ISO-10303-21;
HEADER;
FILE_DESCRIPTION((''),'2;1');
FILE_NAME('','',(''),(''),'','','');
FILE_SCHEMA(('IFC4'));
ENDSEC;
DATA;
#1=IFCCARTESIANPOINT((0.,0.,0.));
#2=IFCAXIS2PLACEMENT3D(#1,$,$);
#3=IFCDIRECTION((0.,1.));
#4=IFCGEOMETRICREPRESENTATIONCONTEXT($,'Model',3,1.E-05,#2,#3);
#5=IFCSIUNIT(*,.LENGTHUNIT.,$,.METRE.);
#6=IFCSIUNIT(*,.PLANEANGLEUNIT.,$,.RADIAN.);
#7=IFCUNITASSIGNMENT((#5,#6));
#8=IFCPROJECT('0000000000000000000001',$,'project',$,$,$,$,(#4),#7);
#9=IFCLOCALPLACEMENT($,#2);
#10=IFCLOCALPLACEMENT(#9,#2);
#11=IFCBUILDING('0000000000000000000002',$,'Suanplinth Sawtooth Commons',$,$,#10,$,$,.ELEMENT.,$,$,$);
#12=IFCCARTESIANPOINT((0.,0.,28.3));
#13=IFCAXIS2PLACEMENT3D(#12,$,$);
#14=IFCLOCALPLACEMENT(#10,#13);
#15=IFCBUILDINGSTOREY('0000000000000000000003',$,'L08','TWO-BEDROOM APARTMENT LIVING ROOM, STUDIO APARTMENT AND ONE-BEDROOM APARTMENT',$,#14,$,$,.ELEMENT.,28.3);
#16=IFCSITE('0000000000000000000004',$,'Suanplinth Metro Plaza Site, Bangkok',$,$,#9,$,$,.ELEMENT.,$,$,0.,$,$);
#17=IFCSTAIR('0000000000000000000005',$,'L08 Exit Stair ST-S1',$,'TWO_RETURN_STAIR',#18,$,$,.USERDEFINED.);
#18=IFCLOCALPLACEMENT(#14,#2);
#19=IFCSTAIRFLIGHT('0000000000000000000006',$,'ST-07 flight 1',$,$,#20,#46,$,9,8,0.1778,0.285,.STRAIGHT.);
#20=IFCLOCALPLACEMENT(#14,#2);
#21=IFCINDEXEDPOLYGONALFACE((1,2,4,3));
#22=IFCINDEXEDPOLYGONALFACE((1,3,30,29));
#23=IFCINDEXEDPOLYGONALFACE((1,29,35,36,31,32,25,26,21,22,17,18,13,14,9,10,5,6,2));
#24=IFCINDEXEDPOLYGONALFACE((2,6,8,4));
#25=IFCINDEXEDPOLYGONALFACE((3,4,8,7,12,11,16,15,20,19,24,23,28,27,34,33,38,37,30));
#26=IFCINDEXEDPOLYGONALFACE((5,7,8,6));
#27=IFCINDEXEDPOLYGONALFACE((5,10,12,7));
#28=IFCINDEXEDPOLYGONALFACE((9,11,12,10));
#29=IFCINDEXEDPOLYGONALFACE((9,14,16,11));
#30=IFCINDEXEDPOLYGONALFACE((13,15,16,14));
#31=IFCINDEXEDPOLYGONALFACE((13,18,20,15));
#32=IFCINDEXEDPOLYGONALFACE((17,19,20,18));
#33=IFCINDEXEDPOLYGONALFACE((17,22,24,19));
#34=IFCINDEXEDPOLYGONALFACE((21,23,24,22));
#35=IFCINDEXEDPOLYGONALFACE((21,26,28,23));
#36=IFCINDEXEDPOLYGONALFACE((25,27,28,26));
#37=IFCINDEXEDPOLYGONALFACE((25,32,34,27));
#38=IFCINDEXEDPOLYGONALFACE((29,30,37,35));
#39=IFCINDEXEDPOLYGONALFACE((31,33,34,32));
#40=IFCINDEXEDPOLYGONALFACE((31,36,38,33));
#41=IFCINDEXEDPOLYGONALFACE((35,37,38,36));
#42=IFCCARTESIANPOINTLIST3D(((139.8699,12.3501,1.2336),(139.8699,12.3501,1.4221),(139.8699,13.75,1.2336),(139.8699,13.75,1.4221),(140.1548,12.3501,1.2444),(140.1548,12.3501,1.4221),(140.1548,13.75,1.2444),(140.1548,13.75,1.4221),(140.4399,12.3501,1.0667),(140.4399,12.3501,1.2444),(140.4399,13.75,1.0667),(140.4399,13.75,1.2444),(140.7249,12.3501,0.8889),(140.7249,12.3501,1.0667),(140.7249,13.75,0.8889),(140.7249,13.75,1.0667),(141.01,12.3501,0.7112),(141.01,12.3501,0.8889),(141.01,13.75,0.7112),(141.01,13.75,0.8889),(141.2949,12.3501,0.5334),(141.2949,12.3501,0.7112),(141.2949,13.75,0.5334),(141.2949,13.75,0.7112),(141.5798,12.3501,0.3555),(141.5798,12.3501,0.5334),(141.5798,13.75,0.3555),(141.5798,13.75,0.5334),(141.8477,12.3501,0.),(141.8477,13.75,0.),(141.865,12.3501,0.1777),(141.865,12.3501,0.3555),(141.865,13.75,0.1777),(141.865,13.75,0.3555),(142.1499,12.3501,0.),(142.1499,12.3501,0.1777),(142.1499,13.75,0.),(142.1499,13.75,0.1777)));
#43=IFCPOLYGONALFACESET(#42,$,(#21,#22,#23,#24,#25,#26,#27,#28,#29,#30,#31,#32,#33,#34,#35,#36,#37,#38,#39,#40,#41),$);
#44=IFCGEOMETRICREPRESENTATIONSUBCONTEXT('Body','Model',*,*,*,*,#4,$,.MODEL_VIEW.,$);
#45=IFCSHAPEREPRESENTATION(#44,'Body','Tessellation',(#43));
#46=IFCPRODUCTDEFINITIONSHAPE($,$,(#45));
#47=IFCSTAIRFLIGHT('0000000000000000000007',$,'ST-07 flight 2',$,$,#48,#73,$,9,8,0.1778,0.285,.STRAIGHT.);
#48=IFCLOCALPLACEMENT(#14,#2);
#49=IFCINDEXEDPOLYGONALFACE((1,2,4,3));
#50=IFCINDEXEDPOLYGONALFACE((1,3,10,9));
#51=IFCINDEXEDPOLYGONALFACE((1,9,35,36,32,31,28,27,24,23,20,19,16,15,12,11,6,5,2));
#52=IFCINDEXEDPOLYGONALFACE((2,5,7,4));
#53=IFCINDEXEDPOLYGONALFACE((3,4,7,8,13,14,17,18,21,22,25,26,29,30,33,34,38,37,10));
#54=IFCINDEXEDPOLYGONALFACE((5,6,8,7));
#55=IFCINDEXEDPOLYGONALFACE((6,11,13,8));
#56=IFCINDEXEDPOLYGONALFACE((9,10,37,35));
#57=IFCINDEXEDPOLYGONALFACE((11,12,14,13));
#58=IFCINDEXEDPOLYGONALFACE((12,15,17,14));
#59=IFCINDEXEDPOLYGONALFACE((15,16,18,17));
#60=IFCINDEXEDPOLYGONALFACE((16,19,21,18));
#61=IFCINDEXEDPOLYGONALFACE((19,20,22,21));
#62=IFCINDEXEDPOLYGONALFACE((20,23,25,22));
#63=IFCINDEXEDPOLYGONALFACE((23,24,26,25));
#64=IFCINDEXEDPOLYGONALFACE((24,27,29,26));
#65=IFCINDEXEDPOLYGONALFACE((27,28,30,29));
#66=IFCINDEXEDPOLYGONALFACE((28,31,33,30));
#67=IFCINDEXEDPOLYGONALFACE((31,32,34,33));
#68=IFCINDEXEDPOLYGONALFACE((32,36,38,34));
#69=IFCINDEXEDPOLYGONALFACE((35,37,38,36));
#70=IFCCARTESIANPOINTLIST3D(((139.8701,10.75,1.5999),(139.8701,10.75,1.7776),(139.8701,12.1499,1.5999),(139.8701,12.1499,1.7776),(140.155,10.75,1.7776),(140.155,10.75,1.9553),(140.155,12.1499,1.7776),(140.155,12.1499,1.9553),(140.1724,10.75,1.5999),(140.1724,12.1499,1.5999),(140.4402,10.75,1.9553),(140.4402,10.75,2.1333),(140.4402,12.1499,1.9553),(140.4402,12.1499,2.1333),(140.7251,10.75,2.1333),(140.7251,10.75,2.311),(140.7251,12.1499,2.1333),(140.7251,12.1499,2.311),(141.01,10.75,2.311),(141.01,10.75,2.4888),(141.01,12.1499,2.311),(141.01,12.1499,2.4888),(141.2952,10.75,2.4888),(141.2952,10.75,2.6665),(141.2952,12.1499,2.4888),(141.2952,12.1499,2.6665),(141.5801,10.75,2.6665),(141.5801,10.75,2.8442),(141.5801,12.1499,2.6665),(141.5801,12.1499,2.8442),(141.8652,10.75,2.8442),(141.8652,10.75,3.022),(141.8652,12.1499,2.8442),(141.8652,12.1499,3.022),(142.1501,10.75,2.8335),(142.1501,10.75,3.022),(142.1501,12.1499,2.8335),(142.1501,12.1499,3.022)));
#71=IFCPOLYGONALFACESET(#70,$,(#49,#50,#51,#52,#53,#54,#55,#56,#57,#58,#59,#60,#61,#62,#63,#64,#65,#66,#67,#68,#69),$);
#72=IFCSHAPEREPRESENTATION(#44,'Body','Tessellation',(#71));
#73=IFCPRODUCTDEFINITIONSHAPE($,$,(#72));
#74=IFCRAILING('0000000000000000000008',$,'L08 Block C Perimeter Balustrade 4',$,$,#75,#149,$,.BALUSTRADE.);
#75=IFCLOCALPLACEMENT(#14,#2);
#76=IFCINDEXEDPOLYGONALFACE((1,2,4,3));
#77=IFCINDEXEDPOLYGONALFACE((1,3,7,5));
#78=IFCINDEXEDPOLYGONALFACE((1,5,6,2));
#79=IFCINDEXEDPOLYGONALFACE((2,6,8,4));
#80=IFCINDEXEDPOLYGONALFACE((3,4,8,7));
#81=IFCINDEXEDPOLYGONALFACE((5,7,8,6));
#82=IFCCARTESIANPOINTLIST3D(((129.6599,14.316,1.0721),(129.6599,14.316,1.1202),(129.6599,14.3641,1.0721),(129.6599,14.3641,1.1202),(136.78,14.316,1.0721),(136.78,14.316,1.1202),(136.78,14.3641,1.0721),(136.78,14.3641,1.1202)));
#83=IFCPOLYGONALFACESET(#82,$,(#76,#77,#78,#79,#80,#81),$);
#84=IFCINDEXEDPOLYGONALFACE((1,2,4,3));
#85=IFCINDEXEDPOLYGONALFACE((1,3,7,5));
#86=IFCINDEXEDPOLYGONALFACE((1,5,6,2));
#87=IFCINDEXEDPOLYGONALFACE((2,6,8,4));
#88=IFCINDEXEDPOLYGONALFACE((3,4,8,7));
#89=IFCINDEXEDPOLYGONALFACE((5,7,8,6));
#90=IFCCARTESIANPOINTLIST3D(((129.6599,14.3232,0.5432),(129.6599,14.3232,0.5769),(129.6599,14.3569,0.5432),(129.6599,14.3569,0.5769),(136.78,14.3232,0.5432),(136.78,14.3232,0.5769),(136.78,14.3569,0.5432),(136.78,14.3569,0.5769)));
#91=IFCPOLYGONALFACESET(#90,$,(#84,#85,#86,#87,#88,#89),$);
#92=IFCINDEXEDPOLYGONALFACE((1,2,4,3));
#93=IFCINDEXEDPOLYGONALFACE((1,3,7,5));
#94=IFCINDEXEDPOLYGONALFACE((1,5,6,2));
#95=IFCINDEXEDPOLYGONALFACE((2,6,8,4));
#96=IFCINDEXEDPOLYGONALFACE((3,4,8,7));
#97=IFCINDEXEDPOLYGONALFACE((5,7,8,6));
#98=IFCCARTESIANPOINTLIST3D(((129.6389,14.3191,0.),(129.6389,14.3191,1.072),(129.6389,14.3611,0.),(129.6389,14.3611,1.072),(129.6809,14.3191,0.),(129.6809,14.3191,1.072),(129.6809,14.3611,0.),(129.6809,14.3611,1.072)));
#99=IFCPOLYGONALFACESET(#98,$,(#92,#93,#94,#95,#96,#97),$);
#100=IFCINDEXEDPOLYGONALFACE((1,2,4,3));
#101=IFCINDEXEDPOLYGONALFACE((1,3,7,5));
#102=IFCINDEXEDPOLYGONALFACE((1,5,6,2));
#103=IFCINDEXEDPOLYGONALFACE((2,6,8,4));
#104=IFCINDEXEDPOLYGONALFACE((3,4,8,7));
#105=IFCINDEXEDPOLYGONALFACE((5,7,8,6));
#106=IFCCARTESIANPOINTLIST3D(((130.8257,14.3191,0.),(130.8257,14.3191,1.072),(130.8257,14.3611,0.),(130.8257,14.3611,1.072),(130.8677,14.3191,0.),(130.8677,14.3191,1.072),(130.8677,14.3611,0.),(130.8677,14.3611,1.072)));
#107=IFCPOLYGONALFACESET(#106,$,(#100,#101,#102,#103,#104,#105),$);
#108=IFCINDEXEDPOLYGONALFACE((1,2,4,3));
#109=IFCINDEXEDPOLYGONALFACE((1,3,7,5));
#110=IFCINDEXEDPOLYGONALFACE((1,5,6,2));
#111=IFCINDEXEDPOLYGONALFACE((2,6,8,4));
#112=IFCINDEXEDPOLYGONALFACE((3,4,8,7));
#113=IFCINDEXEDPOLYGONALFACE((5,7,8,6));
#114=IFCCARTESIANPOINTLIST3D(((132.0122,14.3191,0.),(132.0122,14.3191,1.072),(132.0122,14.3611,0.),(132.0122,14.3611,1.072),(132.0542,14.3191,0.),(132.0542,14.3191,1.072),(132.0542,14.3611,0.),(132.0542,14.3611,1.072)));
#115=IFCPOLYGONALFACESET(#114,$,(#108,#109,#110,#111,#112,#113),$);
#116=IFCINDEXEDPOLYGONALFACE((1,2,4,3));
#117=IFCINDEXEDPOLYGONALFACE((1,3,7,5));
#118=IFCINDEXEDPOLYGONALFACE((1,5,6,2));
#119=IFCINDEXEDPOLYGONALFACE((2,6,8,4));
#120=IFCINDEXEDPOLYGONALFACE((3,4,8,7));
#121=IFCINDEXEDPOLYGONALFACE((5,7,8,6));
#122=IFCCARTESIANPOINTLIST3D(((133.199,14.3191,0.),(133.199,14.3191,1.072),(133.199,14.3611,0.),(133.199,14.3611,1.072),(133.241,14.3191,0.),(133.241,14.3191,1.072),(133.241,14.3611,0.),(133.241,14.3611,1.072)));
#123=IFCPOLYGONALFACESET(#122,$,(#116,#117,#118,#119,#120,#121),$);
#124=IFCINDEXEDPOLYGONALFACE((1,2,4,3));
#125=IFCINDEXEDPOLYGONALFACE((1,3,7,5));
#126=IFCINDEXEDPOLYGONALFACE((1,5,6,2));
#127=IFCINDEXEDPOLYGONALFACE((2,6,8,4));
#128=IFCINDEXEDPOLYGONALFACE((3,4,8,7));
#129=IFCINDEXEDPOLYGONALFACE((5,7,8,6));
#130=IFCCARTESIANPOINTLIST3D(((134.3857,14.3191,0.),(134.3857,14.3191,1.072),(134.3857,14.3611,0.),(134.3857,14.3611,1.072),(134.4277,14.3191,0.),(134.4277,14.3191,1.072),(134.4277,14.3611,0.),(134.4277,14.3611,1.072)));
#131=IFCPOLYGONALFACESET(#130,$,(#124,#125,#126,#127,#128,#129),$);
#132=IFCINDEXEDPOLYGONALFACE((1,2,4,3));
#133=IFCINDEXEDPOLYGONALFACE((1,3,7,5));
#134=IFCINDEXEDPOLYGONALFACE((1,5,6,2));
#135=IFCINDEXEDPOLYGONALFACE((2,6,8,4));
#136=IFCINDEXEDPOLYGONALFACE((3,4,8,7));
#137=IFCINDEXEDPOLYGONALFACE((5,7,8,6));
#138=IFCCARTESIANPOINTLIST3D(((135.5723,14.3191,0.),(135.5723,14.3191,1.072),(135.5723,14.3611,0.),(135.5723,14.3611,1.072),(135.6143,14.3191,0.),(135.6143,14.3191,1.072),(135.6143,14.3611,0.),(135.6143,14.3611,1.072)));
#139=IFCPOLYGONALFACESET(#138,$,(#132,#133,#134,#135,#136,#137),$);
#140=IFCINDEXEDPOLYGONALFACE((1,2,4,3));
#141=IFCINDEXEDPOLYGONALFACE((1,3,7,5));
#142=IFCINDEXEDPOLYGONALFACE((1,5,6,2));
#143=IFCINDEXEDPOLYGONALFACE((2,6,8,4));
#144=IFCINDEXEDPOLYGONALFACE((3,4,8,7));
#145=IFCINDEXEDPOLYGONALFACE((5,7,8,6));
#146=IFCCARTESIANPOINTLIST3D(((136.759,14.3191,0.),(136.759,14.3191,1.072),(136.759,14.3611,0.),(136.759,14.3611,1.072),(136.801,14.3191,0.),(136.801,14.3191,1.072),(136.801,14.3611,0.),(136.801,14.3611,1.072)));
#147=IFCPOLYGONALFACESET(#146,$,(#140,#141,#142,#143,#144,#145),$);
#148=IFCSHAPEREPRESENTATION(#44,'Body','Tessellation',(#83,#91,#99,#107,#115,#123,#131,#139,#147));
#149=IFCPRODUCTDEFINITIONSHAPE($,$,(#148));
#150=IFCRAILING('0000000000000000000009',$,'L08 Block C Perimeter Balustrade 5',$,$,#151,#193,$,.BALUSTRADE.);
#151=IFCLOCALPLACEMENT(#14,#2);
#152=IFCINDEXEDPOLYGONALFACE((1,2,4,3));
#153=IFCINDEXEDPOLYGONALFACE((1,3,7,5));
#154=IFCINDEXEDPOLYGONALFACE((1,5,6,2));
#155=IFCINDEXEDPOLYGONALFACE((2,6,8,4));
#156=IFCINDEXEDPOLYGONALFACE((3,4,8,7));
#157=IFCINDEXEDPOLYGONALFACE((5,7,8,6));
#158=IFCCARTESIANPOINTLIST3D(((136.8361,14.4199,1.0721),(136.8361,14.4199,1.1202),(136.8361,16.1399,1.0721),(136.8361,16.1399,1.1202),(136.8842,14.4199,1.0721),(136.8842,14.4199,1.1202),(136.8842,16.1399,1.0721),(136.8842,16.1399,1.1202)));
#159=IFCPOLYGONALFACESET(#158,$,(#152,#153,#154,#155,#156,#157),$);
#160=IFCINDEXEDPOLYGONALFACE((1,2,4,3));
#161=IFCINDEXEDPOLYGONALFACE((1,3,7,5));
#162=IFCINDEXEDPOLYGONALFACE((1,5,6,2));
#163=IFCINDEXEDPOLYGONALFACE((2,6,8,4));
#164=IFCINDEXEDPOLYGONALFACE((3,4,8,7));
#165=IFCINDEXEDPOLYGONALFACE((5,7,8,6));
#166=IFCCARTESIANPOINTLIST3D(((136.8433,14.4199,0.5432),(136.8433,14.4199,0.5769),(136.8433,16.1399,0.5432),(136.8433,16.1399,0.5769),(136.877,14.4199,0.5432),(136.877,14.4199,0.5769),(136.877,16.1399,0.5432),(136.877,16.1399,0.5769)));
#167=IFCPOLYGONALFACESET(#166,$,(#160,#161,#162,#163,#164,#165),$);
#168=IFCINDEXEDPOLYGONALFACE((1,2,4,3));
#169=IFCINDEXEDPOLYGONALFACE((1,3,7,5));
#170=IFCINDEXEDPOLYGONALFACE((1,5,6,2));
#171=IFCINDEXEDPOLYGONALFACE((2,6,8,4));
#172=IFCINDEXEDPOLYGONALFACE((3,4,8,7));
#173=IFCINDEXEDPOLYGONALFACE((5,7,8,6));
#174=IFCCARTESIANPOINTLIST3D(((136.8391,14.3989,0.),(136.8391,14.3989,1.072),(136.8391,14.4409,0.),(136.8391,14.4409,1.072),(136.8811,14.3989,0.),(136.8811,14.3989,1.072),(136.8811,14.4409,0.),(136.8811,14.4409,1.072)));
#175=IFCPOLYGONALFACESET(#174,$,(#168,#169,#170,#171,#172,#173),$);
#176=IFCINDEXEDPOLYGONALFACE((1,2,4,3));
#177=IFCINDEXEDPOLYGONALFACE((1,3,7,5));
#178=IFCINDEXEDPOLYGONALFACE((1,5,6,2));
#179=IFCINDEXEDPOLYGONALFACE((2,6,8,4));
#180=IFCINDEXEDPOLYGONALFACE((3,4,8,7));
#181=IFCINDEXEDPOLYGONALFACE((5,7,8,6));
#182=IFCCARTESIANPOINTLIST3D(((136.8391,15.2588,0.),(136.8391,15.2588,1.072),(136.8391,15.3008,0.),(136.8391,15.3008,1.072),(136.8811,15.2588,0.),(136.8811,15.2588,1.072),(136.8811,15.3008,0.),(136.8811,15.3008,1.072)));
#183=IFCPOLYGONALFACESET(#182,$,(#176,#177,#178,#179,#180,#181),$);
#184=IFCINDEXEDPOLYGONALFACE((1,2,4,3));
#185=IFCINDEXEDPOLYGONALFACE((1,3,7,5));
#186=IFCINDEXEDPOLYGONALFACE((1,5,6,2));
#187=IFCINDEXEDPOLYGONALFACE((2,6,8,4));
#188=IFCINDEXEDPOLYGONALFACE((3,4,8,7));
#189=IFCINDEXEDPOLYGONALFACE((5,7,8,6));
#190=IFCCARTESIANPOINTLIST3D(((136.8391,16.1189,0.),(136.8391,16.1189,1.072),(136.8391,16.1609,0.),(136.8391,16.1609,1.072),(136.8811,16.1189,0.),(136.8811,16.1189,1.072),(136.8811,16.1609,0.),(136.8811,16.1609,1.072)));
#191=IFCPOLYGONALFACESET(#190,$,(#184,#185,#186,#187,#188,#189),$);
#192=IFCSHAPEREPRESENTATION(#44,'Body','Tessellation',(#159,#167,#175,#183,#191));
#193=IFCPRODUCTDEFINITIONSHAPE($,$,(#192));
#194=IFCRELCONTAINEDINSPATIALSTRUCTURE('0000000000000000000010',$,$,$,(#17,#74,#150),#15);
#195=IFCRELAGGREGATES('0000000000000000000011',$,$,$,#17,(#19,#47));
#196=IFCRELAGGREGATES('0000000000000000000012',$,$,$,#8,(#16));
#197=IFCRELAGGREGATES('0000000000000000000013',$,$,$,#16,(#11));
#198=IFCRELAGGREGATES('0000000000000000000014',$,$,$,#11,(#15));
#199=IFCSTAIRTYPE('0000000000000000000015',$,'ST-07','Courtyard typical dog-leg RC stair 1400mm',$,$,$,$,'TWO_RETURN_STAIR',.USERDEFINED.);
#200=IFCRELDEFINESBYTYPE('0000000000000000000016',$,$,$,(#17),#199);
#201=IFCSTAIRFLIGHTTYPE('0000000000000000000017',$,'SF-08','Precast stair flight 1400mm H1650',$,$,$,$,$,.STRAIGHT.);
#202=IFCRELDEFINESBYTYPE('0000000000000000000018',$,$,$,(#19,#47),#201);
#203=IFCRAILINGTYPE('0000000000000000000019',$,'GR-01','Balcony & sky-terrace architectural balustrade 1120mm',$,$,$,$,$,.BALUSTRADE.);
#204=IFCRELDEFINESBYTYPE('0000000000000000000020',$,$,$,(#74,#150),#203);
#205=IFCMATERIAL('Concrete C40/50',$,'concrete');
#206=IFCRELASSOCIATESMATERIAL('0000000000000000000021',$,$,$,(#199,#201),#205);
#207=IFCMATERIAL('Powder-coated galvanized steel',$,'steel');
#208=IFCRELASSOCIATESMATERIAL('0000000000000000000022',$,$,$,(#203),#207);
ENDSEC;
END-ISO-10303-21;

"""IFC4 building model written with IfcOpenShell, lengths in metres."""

from ifc_helpers import new_model, si_unit, direction, frame, origin, origin_2d, place, context, subcontext, project, spatial, polyline, rectangle, outline, extrude, material, type_object, element, aggregate, save


model = new_model("IFC4")

# Units and contexts
model_context = context("Model", 3, precision=1e-05, world=origin(), true_north=direction((0.0, 1.0)))
body_context = subcontext(model_context, "Body", "Model", "MODEL_VIEW")
ifc_project = project(units=[si_unit("LENGTHUNIT", "METRE"), si_unit("PLANEANGLEUNIT", "RADIAN")], contexts=[model_context])

# Site, building, storey
site_placement = place(None, origin())
site = spatial("IfcSite", under=ifc_project, at=site_placement, Name="Suanplinth Metro Plaza Site, Bangkok", CompositionType="ELEMENT", RefElevation=0.0)
building_placement = place(site_placement, origin())
building = spatial("IfcBuilding", under=site, at=building_placement, Name="Suanplinth Sawtooth Commons", CompositionType="ELEMENT")
storey_placement = place(building_placement, frame((0.0, 0.0, 28.3)))
storey = spatial("IfcBuildingStorey", under=building, at=storey_placement, Name="L08", Description="TWO-BEDROOM APARTMENT LIVING ROOM, STUDIO APARTMENT AND ONE-BEDROOM APARTMENT", CompositionType="ELEMENT", Elevation=28.3)

# Shared definitions
ifc_material_1 = material(Name="Concrete C40/50", Category="concrete")

# Stair, stair flights
stair_type = type_object("IfcStairType", Name="ST-07", Description="Courtyard typical dog-leg RC stair 1400mm", ElementType="TWO_RETURN_STAIR", PredefinedType="USERDEFINED", material=ifc_material_1)
stair_placement = place(storey_placement, origin())
stair = element("IfcStair", 1, at=stair_placement, inside=storey, type_object=stair_type, Name="L08 Exit Stair ST-S1", ObjectType="TWO_RETURN_STAIR", PredefinedType="USERDEFINED")
stair_flight_type = type_object("IfcStairFlightType", Name="SF-08", Description="Precast stair flight 1400mm H1650", PredefinedType="STRAIGHT", material=ifc_material_1)
stair_flight_1_placement = place(storey_placement, frame((142.1499, 13.05, 0.0), z_axis=(0.0, 0.0, 1.0), x_axis=(-1.0, 0.0, 0.0)))
stair_flight_1 = element("IfcStairFlight", 2, at=stair_flight_1_placement, type_object=stair_flight_type, Name="ST-07 flight 1", NumberOfRisers=9, NumberOfTreads=8, PredefinedType="STRAIGHT", RiserHeight=0.1778, TreadLength=0.285, context=body_context, shape_type="SweptSolid", body=[
    extrude(outline(polyline([(0.0, 0.0), (0.0, 0.1777), (0.2849, 0.1777), (0.2849, 0.3555), (0.5701, 0.3555), (0.5701, 0.5334), (0.855, 0.5334), (0.855, 0.7112), (1.1399, 0.7112), (1.1399, 0.8889), (1.425, 0.8889), (1.425, 1.0667), (1.71, 1.0667), (1.71, 1.2444), (1.9951, 1.2444), (1.9951, 1.4221), (2.28, 1.4221), (2.28, 1.6001), (2.28, 1.2336), (0.3022, 0.0), (0.0, 0.0)])), frame((0.0, 0.7, 0.0), z_axis=(0.0, -1.0, 0.0), x_axis=(1.0, 0.0, 0.0)), (0.0, 0.0, 1.0), 1.3999),
])
stair_flight_2_placement = place(storey_placement, frame((139.8701, 11.45, 1.5999), z_axis=(0.0, 0.0, 1.0), x_axis=(1.0, 0.0, 0.0)))
stair_flight_2 = element("IfcStairFlight", 3, at=stair_flight_2_placement, type_object=stair_flight_type, Name="ST-07 flight 2", NumberOfRisers=9, NumberOfTreads=8, PredefinedType="STRAIGHT", RiserHeight=0.1778, TreadLength=0.285, context=body_context, shape_type="SweptSolid", body=[
    extrude(outline(polyline([(0.0, 0.0), (0.0, 0.1777), (0.2849, 0.1777), (0.2849, 0.3555), (0.5701, 0.3555), (0.5701, 0.5334), (0.855, 0.5334), (0.855, 0.7112), (1.1399, 0.7112), (1.1399, 0.8889), (1.425, 0.8889), (1.425, 1.0667), (1.71, 1.0667), (1.71, 1.2444), (1.9951, 1.2444), (1.9951, 1.4221), (2.28, 1.4221), (2.28, 1.6001), (2.28, 1.2336), (0.3022, 0.0), (0.0, 0.0)])), frame((0.0, 0.7, 0.0), z_axis=(0.0, -1.0, 0.0), x_axis=(1.0, 0.0, 0.0)), (0.0, 0.0, 1.0), 1.3999),
])
aggregate(stair, [stair_flight_1, stair_flight_2])

# Railings
ifc_material_2 = material(Name="Powder-coated galvanized steel", Category="steel")
railing_type_1 = type_object("IfcRailingType", Name="GR-01", Description="Balcony & sky-terrace architectural balustrade 1120mm", PredefinedType="BALUSTRADE", material=ifc_material_2)
railing_1_placement = place(storey_placement, frame((129.6599, 14.3401, 0.0)))
element("IfcRailing", 4, at=railing_1_placement, inside=storey, type_object=railing_type_1, Name="L08 Block C Perimeter Balustrade 4", PredefinedType="BALUSTRADE", context=body_context, shape_type="SweptSolid", body=[
    extrude(rectangle(XDim=0.0481, YDim=0.0481, at=origin_2d()), frame((0.0, 0.0, 1.0962), z_axis=(1.0, 0.0, 0.0), x_axis=(0.0, 1.0, 0.0)), (0.0, 0.0, 1.0), 7.1201),
    extrude(rectangle(XDim=0.0337, YDim=0.0337, at=origin_2d()), frame((0.0, 0.0, 0.5601), z_axis=(1.0, 0.0, 0.0), x_axis=(0.0, 1.0, 0.0)), (0.0, 0.0, 1.0), 7.1201),
    extrude(rectangle(XDim=0.042, YDim=0.042, at=origin_2d()), origin(), (0.0, 0.0, 1.0), 1.072),
    extrude(rectangle(XDim=0.042, YDim=0.042, at=origin_2d()), frame((1.1868, 0.0, 0.0)), (0.0, 0.0, 1.0), 1.072),
    extrude(rectangle(XDim=0.042, YDim=0.042, at=origin_2d()), frame((2.3733, 0.0, 0.0)), (0.0, 0.0, 1.0), 1.072),
    extrude(rectangle(XDim=0.042, YDim=0.042, at=origin_2d()), frame((3.5601, 0.0, 0.0)), (0.0, 0.0, 1.0), 1.072),
    extrude(rectangle(XDim=0.042, YDim=0.042, at=origin_2d()), frame((4.7468, 0.0, 0.0)), (0.0, 0.0, 1.0), 1.072),
    extrude(rectangle(XDim=0.042, YDim=0.042, at=origin_2d()), frame((5.9333, 0.0, 0.0)), (0.0, 0.0, 1.0), 1.072),
    extrude(rectangle(XDim=0.042, YDim=0.042, at=origin_2d()), frame((7.1201, 0.0, 0.0)), (0.0, 0.0, 1.0), 1.072),
])
railing_2_placement = place(storey_placement, frame((136.8601, 14.4199, 0.0)))
element("IfcRailing", 5, at=railing_2_placement, inside=storey, type_object=railing_type_1, Name="L08 Block C Perimeter Balustrade 5", PredefinedType="BALUSTRADE", context=body_context, shape_type="SweptSolid", body=[
    extrude(rectangle(XDim=0.0481, YDim=0.0481, at=origin_2d()), frame((0.0, 0.0, 1.0962), z_axis=(0.0, 1.0, 0.0), x_axis=(-1.0, 0.0, 0.0)), (0.0, 0.0, 1.0), 1.72),
    extrude(rectangle(XDim=0.0337, YDim=0.0337, at=origin_2d()), frame((0.0, 0.0, 0.5601), z_axis=(0.0, 1.0, 0.0), x_axis=(-1.0, 0.0, 0.0)), (0.0, 0.0, 1.0), 1.72),
    extrude(rectangle(XDim=0.042, YDim=0.042, at=origin_2d()), origin(), (0.0, 0.0, 1.0), 1.072),
    extrude(rectangle(XDim=0.042, YDim=0.042, at=origin_2d()), frame((0.0, 0.8599, 0.0)), (0.0, 0.0, 1.0), 1.072),
    extrude(rectangle(XDim=0.042, YDim=0.042, at=origin_2d()), frame((0.0, 1.72, 0.0)), (0.0, 0.0, 1.0), 1.072),
])

save(model, "model.ifc")
